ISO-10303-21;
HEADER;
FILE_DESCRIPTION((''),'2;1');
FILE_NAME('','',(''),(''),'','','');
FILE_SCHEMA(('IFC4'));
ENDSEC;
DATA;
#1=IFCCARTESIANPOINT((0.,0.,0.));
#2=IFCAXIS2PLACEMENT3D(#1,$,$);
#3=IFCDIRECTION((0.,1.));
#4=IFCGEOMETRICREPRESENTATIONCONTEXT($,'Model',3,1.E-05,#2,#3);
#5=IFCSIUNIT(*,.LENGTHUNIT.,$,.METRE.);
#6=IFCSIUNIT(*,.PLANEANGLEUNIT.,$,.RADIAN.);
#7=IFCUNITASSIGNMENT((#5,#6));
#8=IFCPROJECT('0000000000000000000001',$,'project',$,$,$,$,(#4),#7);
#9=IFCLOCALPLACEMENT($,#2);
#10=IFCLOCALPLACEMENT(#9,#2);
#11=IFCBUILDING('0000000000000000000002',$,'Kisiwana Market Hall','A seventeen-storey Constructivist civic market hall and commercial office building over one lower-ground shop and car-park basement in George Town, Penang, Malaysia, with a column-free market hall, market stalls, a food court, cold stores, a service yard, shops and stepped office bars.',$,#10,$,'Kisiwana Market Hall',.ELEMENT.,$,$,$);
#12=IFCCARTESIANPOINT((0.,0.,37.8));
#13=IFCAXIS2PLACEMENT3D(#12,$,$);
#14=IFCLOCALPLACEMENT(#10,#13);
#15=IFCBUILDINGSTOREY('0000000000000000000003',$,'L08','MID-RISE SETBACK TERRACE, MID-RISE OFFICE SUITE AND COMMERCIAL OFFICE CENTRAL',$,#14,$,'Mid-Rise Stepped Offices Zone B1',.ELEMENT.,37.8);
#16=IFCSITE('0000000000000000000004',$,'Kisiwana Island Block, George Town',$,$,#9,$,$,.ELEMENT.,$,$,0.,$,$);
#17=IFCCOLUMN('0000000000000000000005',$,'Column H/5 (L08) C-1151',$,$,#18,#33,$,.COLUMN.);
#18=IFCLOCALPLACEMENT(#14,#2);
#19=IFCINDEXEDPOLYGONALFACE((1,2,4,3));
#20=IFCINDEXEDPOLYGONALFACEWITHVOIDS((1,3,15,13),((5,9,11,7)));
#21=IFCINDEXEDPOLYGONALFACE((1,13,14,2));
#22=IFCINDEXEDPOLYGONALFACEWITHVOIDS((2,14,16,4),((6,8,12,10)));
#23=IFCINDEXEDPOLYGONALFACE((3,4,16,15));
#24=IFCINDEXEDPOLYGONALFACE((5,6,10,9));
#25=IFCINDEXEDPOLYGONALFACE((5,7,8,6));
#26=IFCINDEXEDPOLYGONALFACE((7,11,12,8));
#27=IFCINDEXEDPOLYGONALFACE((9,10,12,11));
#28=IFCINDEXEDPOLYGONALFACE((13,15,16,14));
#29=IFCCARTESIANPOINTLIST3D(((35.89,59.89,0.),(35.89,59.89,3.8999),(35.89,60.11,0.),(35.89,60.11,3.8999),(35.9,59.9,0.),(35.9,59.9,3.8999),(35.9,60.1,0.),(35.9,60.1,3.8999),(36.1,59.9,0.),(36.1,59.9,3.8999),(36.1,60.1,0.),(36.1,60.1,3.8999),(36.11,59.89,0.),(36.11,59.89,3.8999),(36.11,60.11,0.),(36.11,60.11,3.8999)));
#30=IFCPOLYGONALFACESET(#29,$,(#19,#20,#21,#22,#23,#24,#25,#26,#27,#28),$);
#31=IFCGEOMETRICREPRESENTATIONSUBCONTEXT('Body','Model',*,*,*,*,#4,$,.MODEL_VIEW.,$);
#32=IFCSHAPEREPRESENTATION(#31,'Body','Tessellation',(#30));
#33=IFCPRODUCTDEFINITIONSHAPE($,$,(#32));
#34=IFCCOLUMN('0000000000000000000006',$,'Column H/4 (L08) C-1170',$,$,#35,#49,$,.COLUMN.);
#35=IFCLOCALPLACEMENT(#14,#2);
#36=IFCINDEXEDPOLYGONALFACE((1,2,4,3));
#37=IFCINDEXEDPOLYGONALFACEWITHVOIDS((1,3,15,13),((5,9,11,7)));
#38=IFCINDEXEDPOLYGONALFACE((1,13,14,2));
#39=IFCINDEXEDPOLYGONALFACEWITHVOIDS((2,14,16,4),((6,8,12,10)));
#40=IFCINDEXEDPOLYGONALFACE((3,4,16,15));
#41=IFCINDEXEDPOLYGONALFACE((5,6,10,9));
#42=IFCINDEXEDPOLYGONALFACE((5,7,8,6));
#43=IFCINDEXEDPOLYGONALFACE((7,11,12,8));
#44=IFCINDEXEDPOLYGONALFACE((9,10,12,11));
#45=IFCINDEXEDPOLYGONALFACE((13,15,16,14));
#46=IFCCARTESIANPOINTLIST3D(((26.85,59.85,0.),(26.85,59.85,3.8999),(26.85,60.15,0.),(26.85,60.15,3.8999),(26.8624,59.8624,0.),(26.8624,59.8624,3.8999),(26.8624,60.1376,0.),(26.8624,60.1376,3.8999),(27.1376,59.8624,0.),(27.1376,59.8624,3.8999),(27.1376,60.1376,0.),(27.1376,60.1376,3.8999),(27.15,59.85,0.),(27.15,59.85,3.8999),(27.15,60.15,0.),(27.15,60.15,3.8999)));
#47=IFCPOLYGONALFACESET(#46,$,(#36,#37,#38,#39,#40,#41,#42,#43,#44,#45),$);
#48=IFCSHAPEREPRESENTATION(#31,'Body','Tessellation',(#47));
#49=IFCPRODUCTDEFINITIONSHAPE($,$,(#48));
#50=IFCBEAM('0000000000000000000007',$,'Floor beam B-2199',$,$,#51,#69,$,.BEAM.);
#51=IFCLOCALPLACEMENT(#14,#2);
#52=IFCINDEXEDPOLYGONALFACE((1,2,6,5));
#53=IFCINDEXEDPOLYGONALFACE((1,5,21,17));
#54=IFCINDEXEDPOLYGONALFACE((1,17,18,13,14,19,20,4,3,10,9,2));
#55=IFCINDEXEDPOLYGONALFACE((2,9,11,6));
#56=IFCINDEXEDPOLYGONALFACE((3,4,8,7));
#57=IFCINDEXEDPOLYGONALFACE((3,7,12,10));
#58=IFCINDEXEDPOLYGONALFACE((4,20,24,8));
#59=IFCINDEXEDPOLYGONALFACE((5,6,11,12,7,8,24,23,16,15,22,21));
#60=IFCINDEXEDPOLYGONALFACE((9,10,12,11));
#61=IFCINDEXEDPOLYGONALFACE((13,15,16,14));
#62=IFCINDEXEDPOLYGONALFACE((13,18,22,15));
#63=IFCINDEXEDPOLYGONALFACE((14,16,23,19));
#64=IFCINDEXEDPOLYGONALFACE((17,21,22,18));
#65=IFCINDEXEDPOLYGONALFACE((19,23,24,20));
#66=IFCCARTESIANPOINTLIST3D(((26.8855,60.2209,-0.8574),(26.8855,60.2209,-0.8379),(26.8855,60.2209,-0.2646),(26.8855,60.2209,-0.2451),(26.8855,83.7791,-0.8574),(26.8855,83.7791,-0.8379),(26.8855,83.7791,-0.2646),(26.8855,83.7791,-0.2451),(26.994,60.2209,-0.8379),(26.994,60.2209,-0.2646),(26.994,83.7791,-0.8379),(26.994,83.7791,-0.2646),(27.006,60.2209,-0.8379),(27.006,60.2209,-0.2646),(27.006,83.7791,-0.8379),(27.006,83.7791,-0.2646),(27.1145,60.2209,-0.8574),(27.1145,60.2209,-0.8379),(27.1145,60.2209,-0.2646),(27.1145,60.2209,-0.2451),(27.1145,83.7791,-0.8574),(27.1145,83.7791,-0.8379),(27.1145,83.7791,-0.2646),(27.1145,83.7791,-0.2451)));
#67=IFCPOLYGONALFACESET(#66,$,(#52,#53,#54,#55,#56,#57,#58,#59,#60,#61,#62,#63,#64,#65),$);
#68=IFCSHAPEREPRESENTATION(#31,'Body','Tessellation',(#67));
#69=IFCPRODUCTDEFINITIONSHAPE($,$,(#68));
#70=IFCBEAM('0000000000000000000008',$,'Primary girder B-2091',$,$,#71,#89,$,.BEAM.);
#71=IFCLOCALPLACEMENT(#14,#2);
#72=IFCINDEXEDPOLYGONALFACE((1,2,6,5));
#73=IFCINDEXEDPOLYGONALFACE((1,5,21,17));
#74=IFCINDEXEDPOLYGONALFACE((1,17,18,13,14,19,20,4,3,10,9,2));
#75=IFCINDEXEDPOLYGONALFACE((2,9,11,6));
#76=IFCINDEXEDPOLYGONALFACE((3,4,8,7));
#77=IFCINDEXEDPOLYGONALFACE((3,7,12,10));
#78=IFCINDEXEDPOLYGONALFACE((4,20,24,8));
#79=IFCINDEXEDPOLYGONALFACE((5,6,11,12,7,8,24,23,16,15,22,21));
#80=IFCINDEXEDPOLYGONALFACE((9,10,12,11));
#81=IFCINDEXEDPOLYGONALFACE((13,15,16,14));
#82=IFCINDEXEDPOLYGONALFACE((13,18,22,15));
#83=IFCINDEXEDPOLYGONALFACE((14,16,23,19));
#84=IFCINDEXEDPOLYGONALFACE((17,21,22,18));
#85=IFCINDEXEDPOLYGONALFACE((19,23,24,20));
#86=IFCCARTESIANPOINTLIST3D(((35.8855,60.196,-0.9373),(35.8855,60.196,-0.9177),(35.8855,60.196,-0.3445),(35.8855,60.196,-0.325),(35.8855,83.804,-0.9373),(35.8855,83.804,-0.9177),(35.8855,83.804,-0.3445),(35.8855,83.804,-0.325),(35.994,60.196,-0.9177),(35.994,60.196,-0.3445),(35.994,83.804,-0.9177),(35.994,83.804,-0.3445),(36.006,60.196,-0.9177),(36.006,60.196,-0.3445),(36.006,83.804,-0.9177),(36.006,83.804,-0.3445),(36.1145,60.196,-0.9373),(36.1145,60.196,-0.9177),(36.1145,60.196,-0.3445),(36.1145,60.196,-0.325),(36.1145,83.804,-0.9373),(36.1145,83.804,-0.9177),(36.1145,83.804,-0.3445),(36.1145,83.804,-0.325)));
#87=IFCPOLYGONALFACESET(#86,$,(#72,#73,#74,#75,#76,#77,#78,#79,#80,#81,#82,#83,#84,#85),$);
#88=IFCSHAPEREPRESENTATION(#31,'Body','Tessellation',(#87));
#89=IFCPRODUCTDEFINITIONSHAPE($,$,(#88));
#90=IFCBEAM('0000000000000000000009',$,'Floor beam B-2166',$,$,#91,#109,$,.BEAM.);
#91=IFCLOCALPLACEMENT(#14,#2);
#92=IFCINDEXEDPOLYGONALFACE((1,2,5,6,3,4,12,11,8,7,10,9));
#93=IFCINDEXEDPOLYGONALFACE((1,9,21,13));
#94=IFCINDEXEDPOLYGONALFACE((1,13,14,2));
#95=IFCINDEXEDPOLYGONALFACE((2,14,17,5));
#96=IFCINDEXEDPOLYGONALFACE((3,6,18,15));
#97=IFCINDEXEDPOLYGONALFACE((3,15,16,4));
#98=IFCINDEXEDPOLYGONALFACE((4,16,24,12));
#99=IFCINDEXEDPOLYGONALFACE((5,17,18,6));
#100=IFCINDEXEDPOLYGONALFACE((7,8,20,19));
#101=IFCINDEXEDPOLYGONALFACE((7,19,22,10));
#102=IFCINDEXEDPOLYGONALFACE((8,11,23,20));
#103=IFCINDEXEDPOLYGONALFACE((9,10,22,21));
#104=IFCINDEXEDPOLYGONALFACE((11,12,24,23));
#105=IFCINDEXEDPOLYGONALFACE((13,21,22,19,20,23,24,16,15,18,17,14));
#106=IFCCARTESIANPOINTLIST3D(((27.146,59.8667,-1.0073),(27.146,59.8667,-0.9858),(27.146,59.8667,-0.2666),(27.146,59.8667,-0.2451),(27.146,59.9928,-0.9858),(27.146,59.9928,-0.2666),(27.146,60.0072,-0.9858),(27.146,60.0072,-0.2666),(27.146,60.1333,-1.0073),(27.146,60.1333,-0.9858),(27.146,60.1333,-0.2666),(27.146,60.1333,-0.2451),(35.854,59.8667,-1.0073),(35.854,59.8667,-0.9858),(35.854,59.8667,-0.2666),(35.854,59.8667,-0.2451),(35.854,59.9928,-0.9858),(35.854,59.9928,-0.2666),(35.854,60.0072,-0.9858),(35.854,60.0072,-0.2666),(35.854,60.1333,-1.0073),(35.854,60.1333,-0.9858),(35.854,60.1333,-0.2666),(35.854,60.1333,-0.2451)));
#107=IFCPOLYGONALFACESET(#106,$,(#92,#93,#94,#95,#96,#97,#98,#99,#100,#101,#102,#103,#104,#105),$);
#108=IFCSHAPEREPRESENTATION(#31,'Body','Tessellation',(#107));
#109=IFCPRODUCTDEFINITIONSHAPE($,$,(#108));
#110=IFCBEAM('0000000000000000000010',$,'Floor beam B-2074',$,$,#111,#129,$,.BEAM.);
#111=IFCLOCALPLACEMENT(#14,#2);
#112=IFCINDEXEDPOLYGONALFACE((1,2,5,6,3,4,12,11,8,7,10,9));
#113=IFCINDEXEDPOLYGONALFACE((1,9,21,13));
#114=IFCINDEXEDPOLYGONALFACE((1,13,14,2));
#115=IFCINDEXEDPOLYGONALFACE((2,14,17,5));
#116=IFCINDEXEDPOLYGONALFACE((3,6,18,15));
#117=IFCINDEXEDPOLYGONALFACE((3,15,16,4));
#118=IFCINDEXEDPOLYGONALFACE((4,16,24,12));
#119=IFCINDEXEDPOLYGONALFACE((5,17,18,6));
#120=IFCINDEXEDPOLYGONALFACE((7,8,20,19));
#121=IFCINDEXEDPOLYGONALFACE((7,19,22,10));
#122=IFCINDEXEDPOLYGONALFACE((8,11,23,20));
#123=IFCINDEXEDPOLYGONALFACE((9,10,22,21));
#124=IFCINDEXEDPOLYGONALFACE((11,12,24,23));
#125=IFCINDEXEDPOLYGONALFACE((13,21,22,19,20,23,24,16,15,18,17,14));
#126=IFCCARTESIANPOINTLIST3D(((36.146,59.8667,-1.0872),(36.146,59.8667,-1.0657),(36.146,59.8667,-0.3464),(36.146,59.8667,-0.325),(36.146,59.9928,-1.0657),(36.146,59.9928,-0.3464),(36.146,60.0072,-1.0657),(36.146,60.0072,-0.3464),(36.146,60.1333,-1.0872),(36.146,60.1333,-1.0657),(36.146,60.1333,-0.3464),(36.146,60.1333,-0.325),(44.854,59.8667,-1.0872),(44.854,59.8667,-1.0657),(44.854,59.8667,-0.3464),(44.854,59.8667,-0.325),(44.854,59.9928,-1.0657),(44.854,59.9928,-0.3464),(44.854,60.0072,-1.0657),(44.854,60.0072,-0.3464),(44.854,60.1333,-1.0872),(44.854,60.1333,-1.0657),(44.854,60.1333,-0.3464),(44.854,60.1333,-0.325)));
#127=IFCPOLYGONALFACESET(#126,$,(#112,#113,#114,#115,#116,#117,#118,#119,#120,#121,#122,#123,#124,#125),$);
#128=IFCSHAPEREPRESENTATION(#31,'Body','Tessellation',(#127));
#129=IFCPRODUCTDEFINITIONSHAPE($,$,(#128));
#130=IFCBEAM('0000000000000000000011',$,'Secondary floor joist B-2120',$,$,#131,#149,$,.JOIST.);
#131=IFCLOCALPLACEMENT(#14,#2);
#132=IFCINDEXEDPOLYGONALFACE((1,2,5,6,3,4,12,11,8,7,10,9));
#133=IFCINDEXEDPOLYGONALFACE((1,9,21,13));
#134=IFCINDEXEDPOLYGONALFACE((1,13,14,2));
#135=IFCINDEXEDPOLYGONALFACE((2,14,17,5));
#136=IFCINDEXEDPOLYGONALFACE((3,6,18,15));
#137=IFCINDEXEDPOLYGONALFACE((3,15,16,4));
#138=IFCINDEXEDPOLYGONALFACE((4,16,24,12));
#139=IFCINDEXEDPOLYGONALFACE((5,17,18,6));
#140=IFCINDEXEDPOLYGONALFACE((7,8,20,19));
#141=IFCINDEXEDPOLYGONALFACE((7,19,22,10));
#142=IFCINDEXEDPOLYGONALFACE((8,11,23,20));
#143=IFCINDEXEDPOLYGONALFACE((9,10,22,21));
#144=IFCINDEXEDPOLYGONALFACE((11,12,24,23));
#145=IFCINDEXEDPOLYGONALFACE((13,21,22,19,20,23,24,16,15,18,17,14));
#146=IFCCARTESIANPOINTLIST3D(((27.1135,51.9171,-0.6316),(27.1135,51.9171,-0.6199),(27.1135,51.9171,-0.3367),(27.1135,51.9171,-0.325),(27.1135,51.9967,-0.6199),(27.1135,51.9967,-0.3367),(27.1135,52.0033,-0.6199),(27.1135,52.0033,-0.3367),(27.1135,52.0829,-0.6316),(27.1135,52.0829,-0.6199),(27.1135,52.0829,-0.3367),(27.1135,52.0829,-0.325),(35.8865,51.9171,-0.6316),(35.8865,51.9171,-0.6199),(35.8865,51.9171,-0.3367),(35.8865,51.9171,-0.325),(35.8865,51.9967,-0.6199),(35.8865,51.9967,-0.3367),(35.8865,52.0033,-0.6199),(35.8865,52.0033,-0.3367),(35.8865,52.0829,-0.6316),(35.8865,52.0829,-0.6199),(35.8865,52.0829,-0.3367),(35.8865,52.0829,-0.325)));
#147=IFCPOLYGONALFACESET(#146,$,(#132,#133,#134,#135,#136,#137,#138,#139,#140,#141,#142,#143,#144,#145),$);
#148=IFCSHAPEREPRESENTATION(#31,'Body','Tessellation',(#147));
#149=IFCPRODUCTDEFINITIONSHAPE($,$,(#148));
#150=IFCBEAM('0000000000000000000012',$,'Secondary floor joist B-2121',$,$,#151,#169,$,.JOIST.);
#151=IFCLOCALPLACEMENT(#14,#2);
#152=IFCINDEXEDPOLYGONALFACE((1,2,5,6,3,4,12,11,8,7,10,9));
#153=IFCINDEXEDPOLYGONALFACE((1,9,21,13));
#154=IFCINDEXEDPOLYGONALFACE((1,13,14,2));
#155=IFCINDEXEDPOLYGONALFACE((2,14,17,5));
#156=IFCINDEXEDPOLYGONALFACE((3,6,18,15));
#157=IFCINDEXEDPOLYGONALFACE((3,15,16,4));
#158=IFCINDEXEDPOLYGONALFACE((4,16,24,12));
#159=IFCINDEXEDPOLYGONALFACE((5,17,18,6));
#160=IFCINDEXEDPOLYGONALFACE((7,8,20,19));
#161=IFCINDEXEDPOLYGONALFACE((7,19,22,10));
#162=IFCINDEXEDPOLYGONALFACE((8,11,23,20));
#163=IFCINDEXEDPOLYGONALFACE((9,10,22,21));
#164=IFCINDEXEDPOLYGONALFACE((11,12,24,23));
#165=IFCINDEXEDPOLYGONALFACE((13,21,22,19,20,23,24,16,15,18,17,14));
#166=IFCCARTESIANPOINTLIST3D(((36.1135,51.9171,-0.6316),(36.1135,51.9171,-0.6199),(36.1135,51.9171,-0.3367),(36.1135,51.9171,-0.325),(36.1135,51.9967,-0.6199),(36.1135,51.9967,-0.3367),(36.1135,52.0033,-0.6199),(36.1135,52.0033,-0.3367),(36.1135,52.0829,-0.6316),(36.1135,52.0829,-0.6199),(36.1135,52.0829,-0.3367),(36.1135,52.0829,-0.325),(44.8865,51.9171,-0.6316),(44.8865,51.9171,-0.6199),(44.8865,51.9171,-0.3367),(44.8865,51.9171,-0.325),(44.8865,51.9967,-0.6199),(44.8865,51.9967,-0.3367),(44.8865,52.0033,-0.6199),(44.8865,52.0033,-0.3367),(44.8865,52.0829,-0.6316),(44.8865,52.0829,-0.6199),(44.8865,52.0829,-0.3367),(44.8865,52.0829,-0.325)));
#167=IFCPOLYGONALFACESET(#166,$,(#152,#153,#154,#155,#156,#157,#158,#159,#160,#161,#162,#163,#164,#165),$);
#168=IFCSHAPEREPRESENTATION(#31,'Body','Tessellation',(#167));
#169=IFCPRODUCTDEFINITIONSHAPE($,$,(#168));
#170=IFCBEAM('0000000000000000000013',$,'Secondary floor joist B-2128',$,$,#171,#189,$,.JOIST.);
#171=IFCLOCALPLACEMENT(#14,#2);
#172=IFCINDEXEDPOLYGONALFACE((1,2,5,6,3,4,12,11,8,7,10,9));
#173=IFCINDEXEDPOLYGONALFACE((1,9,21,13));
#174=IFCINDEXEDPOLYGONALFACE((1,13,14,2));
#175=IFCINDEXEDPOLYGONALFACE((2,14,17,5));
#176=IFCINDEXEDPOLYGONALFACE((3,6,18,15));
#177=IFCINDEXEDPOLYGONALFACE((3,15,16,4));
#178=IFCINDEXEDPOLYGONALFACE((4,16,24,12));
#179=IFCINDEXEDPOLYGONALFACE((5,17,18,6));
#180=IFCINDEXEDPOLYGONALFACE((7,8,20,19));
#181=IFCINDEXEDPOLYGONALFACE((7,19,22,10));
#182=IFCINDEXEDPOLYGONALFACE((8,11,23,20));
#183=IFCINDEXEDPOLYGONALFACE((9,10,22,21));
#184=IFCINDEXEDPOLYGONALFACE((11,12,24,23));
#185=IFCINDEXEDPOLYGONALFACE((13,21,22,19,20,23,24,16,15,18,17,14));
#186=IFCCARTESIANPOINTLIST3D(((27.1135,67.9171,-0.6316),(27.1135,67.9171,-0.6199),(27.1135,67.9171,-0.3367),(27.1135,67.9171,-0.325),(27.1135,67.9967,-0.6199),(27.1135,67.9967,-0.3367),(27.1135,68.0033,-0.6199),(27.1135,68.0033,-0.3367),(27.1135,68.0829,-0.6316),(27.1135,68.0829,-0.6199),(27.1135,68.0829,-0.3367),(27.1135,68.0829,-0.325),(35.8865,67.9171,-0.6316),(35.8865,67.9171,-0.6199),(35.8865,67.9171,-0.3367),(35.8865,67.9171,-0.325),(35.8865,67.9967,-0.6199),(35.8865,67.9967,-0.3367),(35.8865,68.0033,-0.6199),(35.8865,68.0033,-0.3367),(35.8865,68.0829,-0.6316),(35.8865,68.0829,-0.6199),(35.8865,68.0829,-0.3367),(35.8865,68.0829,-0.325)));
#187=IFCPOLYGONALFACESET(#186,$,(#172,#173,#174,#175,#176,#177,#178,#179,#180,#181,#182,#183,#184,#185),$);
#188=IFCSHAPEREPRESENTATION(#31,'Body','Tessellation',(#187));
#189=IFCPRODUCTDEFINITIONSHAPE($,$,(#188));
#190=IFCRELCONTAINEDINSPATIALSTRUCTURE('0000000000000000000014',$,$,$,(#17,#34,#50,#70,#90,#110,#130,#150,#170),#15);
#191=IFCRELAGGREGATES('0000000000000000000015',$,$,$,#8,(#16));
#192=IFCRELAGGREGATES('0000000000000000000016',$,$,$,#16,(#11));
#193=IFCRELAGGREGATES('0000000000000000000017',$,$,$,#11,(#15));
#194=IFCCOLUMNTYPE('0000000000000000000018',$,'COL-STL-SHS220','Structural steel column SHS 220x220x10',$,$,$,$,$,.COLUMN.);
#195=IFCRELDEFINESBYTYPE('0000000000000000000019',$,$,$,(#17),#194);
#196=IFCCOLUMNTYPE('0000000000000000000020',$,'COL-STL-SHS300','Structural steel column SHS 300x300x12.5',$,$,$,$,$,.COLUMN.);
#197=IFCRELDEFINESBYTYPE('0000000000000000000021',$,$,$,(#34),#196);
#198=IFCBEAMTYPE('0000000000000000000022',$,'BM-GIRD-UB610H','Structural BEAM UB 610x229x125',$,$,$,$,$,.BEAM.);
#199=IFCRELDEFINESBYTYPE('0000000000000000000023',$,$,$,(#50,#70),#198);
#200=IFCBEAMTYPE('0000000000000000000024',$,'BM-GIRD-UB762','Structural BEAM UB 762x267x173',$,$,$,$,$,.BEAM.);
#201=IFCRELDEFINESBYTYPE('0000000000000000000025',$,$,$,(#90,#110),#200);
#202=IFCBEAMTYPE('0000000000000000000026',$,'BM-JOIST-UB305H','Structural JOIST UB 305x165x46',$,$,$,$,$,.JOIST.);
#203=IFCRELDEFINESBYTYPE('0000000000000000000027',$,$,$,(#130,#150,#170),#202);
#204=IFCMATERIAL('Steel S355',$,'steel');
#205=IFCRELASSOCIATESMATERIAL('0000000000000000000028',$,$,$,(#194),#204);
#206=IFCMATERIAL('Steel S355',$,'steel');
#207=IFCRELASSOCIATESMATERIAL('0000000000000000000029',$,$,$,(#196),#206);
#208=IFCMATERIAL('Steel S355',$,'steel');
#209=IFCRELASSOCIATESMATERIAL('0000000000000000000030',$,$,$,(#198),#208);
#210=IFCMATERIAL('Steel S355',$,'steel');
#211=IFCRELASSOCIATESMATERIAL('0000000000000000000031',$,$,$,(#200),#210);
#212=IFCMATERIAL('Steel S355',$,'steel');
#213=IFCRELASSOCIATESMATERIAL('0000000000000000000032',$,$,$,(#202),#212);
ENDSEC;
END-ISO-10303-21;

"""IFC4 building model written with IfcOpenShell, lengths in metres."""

from ifc_helpers import new_model, si_unit, direction, frame, origin, origin_2d, place, context, subcontext, project, spatial, hollow_rectangle, i_section, extrude, material, material_profile, profile_set, type_object, element, save


model = new_model("IFC4")

# Units and contexts
model_context = context("Model", 3, precision=1e-05, world=origin(), true_north=direction((0.0, 1.0)))
body_context = subcontext(model_context, "Body", "Model", "MODEL_VIEW")
ifc_project = project(units=[si_unit("LENGTHUNIT", "METRE"), si_unit("PLANEANGLEUNIT", "RADIAN")], contexts=[model_context])

# Site, building, storey
site_placement = place(None, origin())
site = spatial("IfcSite", under=ifc_project, at=site_placement, Name="Kisiwana Island Block, George Town", CompositionType="ELEMENT", RefElevation=0.0)
building_placement = place(site_placement, origin())
building = spatial("IfcBuilding", under=site, at=building_placement, Name="Kisiwana Market Hall", Description="A seventeen-storey Constructivist civic market hall and commercial office building over one lower-ground shop and car-park basement in George Town, Penang, Malaysia, with a column-free market hall, market stalls, a food court, cold stores, a service yard, shops and stepped office bars.", LongName="Kisiwana Market Hall", CompositionType="ELEMENT")
storey_placement = place(building_placement, frame((0.0, 0.0, 37.8)))
storey = spatial("IfcBuildingStorey", under=building, at=storey_placement, Name="L08", Description="MID-RISE SETBACK TERRACE, MID-RISE OFFICE SUITE AND COMMERCIAL OFFICE CENTRAL", LongName="Mid-Rise Stepped Offices Zone B1", CompositionType="ELEMENT", Elevation=37.8)

# Columns
ifc_material_1 = material(Name="Steel S355", Category="steel")
ifc_material_profile_1 = material_profile(ifc_material_1, hollow_rectangle(XDim=0.22, YDim=0.22, WallThickness=0.01, at=origin_2d()), Name="SHS 220x220x10")
ifc_profile_set_1 = profile_set([ifc_material_profile_1], Name="Steel S355")
column_type_1 = type_object("IfcColumnType", Name="COL-STL-SHS220", Description="Structural steel column SHS 220x220x10", PredefinedType="COLUMN", material=ifc_profile_set_1)
column_1_placement = place(storey_placement, frame((36.0, 60.0, 0.0), z_axis=(0.0, 0.0, 1.0), x_axis=(1.0, 0.0, 0.0)))
element("IfcColumn", 1, at=column_1_placement, inside=storey, type_object=column_type_1, Name="Column H/5 (L08) C-1151", PredefinedType="COLUMN", context=body_context, shape_type="SweptSolid", body=[
    extrude(hollow_rectangle(XDim=0.22, YDim=0.22, WallThickness=0.01, at=origin_2d()), origin(), (0.0, 0.0, 1.0), 3.8999),
])
ifc_material_2 = material(Name="Steel S355", Category="steel")
ifc_material_profile_2 = material_profile(ifc_material_2, hollow_rectangle(XDim=0.3, YDim=0.3, WallThickness=0.0125, at=origin_2d()), Name="SHS 300x300x12.5")
ifc_profile_set_2 = profile_set([ifc_material_profile_2], Name="Steel S355")
column_type_2 = type_object("IfcColumnType", Name="COL-STL-SHS300", Description="Structural steel column SHS 300x300x12.5", PredefinedType="COLUMN", material=ifc_profile_set_2)
column_2_placement = place(storey_placement, frame((27.0, 60.0, 0.0), z_axis=(0.0, 0.0, 1.0), x_axis=(1.0, 0.0, 0.0)))
element("IfcColumn", 2, at=column_2_placement, inside=storey, type_object=column_type_2, Name="Column H/4 (L08) C-1170", PredefinedType="COLUMN", context=body_context, shape_type="SweptSolid", body=[
    extrude(hollow_rectangle(XDim=0.3, YDim=0.3, WallThickness=0.0125, at=origin_2d()), origin(), (0.0, 0.0, 1.0), 3.8999),
])

# Beams
ifc_material_3 = material(Name="Steel S355", Category="steel")
ifc_material_profile_3 = material_profile(ifc_material_3, i_section(OverallWidth=0.229, OverallDepth=0.6123, WebThickness=0.012, FlangeThickness=0.0195, at=origin_2d()), Name="UB 610x229x125")
ifc_profile_set_3 = profile_set([ifc_material_profile_3], Name="Steel S355")
beam_type_1 = type_object("IfcBeamType", Name="BM-GIRD-UB610H", Description="Structural BEAM UB 610x229x125", PredefinedType="BEAM", material=ifc_profile_set_3)
beam_1_placement = place(storey_placement, frame((27.0, 60.2209, -0.5513), z_axis=(0.0, 1.0, 0.0), x_axis=(-1.0, 0.0, 0.0)))
element("IfcBeam", 3, at=beam_1_placement, inside=storey, type_object=beam_type_1, Name="Floor beam B-2199", PredefinedType="BEAM", context=body_context, shape_type="SweptSolid", body=[
    extrude(i_section(OverallWidth=0.229, OverallDepth=0.6123, WebThickness=0.012, FlangeThickness=0.0195, at=origin_2d()), origin(), (0.0, 0.0, 1.0), 23.5581),
])
beam_2_placement = place(storey_placement, frame((36.0, 60.196, -0.6311), z_axis=(0.0, 1.0, 0.0), x_axis=(-1.0, 0.0, 0.0)))
element("IfcBeam", 4, at=beam_2_placement, inside=storey, type_object=beam_type_1, Name="Primary girder B-2091", PredefinedType="BEAM", context=body_context, shape_type="SweptSolid", body=[
    extrude(i_section(OverallWidth=0.229, OverallDepth=0.6123, WebThickness=0.012, FlangeThickness=0.0195, at=origin_2d()), origin(), (0.0, 0.0, 1.0), 23.6079),
])
ifc_material_4 = material(Name="Steel S355", Category="steel")
ifc_material_profile_4 = material_profile(ifc_material_4, i_section(OverallWidth=0.2666, OverallDepth=0.7622, WebThickness=0.0144, FlangeThickness=0.0215, at=origin_2d()), Name="UB 762x267x173")
ifc_profile_set_4 = profile_set([ifc_material_profile_4], Name="Steel S355")
beam_type_2 = type_object("IfcBeamType", Name="BM-GIRD-UB762", Description="Structural BEAM UB 762x267x173", PredefinedType="BEAM", material=ifc_profile_set_4)
for number, where, z_axis, x_axis, name in (
    (5, (27.146, 60.0, -0.6262), (1.0, 0.0, 0.0), (0.0, 1.0, 0.0), "Floor beam B-2166"),
    (6, (36.146, 60.0, -0.7061), (1.0, 0.0, 0.0), (0.0, 1.0, 0.0), "Floor beam B-2074"),
):
    element("IfcBeam", number, at=place(storey_placement, frame(where, z_axis=z_axis, x_axis=x_axis)), inside=storey, type_object=beam_type_2, Name=name, PredefinedType="BEAM", context=body_context, shape_type="SweptSolid", body=[
        extrude(i_section(OverallWidth=0.2666, OverallDepth=0.7622, WebThickness=0.0144, FlangeThickness=0.0215, at=origin_2d()), origin(), (0.0, 0.0, 1.0), 8.708),
    ])
ifc_material_5 = material(Name="Steel S355", Category="steel")
ifc_material_profile_5 = material_profile(ifc_material_5, i_section(OverallWidth=0.1658, OverallDepth=0.3066, WebThickness=0.0066, FlangeThickness=0.0117, at=origin_2d()), Name="UB 305x165x46")
ifc_profile_set_5 = profile_set([ifc_material_profile_5], Name="Steel S355")
beam_type_3 = type_object("IfcBeamType", Name="BM-JOIST-UB305H", Description="Structural JOIST UB 305x165x46", PredefinedType="JOIST", material=ifc_profile_set_5)
for number, where, z_axis, x_axis, name in (
    (7, (27.1135, 52.0, -0.4783), (1.0, 0.0, 0.0), (0.0, 1.0, 0.0), "Secondary floor joist B-2120"),
    (8, (36.1135, 52.0, -0.4783), (1.0, 0.0, 0.0), (0.0, 1.0, 0.0), "Secondary floor joist B-2121"),
    (9, (27.1135, 68.0, -0.4783), (1.0, 0.0, 0.0), (0.0, 1.0, 0.0), "Secondary floor joist B-2128"),
):
    element("IfcBeam", number, at=place(storey_placement, frame(where, z_axis=z_axis, x_axis=x_axis)), inside=storey, type_object=beam_type_3, Name=name, PredefinedType="JOIST", context=body_context, shape_type="SweptSolid", body=[
        extrude(i_section(OverallWidth=0.1658, OverallDepth=0.3066, WebThickness=0.0066, FlangeThickness=0.0117, at=origin_2d()), origin(), (0.0, 0.0, 1.0), 8.7729),
    ])

save(model, "model.ifc")
